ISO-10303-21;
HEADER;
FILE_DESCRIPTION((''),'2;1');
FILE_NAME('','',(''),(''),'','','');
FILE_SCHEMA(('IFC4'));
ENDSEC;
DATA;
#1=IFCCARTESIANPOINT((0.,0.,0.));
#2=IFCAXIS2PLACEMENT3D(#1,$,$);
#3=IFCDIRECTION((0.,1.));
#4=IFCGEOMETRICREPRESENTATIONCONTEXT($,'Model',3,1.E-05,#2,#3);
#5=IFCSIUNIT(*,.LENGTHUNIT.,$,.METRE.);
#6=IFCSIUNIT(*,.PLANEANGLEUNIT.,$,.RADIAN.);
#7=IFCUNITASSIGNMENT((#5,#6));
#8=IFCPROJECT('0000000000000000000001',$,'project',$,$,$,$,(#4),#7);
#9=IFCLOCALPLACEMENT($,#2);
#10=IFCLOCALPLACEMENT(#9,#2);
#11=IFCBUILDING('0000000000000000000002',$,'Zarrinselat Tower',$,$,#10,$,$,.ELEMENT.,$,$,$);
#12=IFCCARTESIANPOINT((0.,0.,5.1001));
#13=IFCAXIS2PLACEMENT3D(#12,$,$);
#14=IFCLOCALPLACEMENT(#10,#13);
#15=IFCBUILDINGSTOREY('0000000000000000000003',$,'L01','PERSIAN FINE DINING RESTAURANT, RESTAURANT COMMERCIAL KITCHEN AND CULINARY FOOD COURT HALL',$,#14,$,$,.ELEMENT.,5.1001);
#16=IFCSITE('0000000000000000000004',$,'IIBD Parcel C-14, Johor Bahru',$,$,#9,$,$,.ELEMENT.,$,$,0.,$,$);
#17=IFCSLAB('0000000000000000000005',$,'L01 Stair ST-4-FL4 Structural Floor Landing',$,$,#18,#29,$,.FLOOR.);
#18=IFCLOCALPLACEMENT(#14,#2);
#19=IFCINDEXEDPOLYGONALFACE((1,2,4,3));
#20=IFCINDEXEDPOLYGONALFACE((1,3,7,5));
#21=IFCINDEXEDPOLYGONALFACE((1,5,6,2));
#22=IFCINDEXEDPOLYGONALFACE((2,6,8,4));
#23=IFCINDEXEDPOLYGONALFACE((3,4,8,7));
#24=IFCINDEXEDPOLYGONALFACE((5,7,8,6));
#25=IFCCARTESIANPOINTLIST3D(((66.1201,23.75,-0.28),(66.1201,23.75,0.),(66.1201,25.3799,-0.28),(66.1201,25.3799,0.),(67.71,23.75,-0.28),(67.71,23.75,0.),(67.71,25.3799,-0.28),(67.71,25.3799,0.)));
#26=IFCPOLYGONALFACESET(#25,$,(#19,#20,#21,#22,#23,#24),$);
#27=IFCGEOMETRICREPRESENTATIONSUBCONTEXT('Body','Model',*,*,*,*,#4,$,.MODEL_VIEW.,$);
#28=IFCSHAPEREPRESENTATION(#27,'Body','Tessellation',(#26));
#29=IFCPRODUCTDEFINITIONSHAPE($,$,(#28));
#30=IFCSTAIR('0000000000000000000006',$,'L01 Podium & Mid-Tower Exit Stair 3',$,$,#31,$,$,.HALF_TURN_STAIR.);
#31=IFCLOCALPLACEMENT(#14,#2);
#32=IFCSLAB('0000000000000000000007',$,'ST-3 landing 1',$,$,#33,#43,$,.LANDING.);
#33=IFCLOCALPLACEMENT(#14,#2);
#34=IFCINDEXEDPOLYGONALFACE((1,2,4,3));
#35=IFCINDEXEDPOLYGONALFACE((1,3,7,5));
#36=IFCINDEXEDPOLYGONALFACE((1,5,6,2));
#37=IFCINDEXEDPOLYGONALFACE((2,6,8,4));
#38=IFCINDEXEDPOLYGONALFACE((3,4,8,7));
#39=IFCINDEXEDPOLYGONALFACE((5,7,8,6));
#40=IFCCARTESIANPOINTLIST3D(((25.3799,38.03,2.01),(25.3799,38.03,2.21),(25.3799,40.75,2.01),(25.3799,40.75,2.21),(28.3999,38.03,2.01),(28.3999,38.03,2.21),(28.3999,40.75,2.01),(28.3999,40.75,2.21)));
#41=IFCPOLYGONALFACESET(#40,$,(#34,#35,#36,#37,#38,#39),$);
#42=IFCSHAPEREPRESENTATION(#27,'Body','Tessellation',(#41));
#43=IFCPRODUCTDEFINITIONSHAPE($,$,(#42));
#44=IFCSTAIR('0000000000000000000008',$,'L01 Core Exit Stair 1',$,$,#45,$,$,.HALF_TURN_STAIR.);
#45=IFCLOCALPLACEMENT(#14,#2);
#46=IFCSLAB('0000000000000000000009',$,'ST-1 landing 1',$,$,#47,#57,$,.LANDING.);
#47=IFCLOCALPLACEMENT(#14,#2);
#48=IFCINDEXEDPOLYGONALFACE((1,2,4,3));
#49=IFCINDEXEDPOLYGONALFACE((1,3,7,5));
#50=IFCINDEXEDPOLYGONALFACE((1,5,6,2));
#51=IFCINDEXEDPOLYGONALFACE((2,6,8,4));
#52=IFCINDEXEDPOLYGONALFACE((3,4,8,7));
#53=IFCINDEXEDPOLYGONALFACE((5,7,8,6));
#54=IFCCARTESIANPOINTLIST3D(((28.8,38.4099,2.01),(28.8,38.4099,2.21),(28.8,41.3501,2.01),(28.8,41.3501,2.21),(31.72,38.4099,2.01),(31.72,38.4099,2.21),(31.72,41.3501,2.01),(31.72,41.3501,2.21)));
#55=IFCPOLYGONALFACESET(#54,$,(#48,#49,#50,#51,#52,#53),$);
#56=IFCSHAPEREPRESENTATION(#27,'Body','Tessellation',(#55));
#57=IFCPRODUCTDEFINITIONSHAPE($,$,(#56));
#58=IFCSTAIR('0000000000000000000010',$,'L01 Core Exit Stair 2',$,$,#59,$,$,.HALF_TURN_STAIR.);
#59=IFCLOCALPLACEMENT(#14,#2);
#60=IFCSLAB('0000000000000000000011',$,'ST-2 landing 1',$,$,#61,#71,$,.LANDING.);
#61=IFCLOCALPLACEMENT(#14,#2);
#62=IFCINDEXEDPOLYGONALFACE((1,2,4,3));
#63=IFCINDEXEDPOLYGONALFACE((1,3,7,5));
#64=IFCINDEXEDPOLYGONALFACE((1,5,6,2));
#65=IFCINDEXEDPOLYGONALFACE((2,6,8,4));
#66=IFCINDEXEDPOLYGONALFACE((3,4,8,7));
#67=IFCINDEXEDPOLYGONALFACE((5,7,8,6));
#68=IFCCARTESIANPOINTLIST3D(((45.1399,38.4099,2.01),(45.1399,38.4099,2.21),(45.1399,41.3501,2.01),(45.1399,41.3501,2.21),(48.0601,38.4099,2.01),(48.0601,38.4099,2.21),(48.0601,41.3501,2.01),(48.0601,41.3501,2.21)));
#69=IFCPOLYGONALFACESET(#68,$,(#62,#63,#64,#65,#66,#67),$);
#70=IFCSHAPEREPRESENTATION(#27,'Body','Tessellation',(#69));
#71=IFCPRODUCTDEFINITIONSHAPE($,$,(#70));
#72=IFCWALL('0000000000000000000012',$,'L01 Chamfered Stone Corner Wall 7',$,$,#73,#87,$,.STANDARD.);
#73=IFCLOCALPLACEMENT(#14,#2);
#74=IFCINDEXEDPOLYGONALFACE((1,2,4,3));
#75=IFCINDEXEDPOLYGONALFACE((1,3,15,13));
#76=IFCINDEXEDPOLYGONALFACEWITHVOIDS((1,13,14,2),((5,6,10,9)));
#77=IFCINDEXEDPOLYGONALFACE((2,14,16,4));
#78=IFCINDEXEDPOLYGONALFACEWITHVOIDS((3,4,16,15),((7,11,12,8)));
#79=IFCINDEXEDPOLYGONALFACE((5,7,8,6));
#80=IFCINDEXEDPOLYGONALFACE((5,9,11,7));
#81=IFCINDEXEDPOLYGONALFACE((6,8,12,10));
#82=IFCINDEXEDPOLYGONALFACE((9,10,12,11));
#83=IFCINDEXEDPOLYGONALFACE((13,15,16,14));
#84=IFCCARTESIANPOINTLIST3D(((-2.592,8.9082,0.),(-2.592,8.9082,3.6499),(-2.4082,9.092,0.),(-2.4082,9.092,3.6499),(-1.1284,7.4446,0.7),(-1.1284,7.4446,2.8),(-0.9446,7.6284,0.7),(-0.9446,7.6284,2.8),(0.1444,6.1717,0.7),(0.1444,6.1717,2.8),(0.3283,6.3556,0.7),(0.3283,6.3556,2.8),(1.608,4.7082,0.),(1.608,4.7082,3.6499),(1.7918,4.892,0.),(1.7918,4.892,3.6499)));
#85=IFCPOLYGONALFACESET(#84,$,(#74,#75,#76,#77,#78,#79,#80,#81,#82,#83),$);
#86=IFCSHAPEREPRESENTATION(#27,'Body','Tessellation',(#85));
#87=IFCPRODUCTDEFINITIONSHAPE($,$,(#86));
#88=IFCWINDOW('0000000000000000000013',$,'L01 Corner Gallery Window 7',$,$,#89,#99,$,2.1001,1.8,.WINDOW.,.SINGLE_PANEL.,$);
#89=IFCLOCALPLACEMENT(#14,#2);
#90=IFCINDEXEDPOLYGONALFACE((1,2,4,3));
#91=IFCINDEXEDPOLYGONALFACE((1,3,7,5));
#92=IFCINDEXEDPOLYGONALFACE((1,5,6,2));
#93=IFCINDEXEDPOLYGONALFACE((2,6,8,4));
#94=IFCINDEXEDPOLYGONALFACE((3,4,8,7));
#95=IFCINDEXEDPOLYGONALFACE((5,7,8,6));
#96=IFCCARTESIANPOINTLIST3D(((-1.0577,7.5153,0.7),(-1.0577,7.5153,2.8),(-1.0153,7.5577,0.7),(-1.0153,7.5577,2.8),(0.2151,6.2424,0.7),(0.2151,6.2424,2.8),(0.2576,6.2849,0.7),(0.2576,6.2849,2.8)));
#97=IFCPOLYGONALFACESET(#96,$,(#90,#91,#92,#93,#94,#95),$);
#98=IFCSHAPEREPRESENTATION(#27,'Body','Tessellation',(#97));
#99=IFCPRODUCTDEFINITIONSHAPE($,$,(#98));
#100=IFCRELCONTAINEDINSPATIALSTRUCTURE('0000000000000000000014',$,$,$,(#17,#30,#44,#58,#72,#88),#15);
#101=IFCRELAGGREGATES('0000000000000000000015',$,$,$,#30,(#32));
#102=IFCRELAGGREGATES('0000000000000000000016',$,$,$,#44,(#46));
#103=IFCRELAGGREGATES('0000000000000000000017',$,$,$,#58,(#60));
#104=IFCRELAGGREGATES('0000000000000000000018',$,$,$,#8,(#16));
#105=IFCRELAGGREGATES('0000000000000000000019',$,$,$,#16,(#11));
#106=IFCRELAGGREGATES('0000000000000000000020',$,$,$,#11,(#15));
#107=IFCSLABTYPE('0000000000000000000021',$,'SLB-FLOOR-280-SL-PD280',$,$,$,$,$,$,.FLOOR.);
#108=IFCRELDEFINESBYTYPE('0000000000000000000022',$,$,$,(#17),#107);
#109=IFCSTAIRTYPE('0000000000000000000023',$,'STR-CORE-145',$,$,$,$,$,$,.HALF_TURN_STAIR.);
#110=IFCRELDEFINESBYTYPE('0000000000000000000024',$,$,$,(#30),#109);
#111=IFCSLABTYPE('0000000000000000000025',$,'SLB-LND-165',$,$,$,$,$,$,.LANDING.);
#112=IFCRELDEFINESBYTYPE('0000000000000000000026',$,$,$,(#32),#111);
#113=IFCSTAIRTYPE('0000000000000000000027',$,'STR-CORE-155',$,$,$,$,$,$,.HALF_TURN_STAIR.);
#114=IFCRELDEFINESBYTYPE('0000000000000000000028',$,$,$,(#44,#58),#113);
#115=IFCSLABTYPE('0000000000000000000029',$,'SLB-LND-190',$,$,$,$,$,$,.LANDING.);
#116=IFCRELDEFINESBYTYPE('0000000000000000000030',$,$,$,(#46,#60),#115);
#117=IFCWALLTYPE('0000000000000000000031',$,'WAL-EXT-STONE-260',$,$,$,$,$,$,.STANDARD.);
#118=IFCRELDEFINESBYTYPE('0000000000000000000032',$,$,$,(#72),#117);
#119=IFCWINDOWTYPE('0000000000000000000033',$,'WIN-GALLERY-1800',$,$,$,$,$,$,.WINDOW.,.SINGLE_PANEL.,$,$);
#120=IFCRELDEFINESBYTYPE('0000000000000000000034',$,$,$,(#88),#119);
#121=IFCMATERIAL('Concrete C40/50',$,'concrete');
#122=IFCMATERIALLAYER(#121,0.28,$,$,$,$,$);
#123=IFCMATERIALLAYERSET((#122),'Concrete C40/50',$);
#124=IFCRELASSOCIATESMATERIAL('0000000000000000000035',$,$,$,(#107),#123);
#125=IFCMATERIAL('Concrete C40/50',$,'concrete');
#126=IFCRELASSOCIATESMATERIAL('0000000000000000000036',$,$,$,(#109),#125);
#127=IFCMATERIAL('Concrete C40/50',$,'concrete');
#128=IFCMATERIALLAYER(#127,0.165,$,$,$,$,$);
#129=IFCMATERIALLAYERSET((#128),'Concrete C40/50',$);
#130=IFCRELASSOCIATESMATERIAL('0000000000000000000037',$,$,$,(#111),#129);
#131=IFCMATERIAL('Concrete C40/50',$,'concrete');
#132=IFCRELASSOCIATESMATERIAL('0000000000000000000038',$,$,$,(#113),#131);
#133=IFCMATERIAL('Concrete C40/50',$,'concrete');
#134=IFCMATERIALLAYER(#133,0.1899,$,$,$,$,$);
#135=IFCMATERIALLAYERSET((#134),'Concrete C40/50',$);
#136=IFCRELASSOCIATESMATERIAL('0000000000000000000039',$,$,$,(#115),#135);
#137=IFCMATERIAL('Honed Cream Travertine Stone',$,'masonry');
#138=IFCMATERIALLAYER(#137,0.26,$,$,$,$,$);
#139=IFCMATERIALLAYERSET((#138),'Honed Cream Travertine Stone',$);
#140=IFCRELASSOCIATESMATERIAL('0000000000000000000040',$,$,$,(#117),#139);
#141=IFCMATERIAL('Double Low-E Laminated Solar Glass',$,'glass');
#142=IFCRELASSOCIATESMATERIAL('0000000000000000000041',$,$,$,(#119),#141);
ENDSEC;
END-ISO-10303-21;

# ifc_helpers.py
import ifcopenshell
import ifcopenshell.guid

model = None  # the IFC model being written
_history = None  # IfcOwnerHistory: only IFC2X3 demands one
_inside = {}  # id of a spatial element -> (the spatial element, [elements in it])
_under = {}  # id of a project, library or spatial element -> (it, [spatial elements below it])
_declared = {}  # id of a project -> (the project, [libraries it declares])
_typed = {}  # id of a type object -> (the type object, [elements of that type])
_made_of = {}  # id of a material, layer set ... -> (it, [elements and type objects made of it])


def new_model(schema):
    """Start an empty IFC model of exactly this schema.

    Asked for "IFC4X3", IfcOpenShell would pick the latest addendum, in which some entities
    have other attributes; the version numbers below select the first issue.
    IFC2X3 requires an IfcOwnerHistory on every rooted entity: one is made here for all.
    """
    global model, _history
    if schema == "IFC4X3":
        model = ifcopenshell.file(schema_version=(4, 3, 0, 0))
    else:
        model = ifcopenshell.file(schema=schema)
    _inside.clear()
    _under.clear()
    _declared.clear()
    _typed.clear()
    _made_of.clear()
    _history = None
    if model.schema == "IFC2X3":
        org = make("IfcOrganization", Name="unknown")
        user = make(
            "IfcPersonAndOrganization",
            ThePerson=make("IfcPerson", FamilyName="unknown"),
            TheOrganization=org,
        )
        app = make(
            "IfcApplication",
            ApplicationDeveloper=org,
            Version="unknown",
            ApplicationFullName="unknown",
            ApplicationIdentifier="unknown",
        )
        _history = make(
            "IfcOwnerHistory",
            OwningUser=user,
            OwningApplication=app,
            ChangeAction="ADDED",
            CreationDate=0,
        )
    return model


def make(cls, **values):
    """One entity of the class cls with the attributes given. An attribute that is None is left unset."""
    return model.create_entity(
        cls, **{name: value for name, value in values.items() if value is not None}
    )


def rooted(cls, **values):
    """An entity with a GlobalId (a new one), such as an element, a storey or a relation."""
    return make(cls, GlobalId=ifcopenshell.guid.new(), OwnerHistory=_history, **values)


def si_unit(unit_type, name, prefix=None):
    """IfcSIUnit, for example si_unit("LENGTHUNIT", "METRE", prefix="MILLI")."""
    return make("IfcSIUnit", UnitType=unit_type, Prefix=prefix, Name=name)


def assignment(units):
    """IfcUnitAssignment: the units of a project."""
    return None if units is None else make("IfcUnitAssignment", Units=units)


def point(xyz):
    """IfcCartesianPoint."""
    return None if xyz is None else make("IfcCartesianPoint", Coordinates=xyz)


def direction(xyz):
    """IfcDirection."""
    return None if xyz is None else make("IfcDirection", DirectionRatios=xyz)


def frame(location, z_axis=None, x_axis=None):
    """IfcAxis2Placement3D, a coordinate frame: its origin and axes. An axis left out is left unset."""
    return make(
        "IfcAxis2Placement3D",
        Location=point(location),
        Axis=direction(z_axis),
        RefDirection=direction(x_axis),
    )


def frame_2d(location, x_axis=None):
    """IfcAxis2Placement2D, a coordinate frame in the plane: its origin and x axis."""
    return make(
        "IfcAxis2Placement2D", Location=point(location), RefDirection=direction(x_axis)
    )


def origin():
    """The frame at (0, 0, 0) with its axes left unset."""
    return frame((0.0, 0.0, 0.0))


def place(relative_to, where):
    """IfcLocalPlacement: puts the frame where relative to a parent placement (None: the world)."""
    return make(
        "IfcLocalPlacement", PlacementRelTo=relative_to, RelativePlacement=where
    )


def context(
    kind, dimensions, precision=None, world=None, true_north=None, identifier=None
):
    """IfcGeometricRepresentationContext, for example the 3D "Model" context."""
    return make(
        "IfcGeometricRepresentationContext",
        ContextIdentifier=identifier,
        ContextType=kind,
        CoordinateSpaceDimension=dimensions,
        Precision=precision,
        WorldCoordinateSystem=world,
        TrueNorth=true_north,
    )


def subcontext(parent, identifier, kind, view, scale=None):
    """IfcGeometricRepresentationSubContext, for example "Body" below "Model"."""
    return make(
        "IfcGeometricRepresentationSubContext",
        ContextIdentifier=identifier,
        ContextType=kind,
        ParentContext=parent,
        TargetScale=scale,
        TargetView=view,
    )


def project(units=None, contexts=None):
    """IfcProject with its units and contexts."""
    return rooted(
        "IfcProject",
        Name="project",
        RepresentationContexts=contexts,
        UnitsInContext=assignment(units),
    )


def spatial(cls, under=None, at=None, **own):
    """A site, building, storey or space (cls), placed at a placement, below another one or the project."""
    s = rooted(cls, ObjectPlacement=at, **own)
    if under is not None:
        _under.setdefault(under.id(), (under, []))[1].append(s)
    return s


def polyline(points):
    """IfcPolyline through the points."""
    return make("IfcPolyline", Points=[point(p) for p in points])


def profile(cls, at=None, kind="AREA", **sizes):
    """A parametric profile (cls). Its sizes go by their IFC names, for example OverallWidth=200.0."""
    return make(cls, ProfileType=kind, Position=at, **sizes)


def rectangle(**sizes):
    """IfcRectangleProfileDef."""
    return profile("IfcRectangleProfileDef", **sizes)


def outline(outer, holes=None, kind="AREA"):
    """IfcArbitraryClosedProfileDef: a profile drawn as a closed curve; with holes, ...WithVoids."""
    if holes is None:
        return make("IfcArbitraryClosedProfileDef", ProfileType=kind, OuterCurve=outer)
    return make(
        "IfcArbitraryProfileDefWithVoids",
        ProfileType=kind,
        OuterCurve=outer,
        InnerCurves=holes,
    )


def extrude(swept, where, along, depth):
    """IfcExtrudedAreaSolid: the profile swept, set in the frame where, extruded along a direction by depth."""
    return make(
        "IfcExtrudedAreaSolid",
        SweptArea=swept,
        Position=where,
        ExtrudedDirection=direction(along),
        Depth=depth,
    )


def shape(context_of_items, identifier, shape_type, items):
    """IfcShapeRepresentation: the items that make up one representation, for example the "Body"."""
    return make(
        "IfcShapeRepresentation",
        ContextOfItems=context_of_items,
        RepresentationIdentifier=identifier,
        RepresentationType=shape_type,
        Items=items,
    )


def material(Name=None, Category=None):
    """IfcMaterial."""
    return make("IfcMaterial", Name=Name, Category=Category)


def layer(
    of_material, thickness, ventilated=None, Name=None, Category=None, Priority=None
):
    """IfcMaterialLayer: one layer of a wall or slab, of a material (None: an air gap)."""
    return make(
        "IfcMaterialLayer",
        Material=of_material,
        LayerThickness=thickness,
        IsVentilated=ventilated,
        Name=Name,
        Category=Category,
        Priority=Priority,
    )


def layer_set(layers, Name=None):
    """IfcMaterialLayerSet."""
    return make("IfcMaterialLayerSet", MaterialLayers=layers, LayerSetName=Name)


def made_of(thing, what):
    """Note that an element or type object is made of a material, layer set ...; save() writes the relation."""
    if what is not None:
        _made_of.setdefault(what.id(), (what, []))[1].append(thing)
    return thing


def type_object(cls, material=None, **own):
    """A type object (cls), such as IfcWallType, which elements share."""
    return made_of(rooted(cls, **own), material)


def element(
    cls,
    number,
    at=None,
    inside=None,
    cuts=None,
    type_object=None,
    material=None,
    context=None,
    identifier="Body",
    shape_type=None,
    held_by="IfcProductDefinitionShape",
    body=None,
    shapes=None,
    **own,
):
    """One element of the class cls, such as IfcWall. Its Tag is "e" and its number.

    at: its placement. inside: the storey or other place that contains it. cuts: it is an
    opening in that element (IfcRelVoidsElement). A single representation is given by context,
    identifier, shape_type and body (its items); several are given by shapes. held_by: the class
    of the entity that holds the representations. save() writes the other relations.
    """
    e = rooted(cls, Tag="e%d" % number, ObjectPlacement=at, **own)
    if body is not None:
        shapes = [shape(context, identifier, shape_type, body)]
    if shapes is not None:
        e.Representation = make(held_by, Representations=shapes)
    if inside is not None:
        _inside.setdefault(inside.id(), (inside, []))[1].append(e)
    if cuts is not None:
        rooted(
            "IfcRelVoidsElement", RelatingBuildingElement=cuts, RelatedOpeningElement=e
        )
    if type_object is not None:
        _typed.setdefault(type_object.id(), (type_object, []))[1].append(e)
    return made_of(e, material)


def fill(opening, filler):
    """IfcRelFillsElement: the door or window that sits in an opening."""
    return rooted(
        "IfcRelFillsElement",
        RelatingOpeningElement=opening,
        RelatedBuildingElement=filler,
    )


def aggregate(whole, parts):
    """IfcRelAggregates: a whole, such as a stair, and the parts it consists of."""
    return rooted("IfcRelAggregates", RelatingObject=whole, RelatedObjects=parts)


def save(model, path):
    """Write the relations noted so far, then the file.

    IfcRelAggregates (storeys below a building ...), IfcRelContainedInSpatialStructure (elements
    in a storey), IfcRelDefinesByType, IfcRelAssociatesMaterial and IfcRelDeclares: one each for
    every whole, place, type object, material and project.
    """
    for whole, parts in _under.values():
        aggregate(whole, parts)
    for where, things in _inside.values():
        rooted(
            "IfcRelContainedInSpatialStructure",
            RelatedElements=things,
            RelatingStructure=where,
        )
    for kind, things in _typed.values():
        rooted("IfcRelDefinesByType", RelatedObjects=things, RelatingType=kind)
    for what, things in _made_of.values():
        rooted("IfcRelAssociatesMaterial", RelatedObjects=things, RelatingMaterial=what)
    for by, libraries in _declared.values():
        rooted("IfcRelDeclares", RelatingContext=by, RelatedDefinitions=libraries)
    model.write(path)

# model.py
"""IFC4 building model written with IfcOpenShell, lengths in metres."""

from ifc_helpers import new_model, si_unit, direction, frame, frame_2d, origin, place, context, subcontext, project, spatial, polyline, rectangle, outline, extrude, material, layer, layer_set, type_object, element, fill, aggregate, save


model = new_model("IFC4")

# Units and contexts
model_context = context("Model", 3, precision=1e-05, world=origin(), true_north=direction((0.0, 1.0)))
body_context = subcontext(model_context, "Body", "Model", "MODEL_VIEW")
ifc_project = project(units=[si_unit("LENGTHUNIT", "METRE"), si_unit("PLANEANGLEUNIT", "RADIAN")], contexts=[model_context])

# Site, building, storey
site_placement = place(None, origin())
site = spatial("IfcSite", under=ifc_project, at=site_placement, Name="IIBD Parcel C-14, Johor Bahru", CompositionType="ELEMENT", RefElevation=0.0)
building_placement = place(site_placement, origin())
building = spatial("IfcBuilding", under=site, at=building_placement, Name="Zarrinselat Tower", CompositionType="ELEMENT")
storey_placement = place(building_placement, frame((0.0, 0.0, 5.1001)))
storey = spatial("IfcBuildingStorey", under=building, at=storey_placement, Name="L01", Description="PERSIAN FINE DINING RESTAURANT, RESTAURANT COMMERCIAL KITCHEN AND CULINARY FOOD COURT HALL", CompositionType="ELEMENT", Elevation=5.1001)

# Slab
ifc_material_1 = material(Name="Concrete C40/50", Category="concrete")
ifc_layer_1 = layer(ifc_material_1, 0.28)
ifc_layer_set_1 = layer_set([ifc_layer_1], Name="Concrete C40/50")
slab_type_1 = type_object("IfcSlabType", Name="SLB-FLOOR-280-SL-PD280", PredefinedType="FLOOR", material=ifc_layer_set_1)
slab_1_placement = place(storey_placement, frame((0.0, 0.0, -0.28)))
element("IfcSlab", 1, at=slab_1_placement, inside=storey, type_object=slab_type_1, Name="L01 Stair ST-4-FL4 Structural Floor Landing", PredefinedType="FLOOR", context=body_context, shape_type="SweptSolid", body=[
    extrude(outline(polyline([(67.71, 23.75), (67.71, 25.3799), (66.1201, 25.3799), (66.1201, 23.75), (67.71, 23.75)])), origin(), (0.0, 0.0, 1.0), 0.28),
])

# Stairs, slabs
ifc_material_2 = material(Name="Concrete C40/50", Category="concrete")
stair_type_1 = type_object("IfcStairType", Name="STR-CORE-145", PredefinedType="HALF_TURN_STAIR", material=ifc_material_2)
stair_1_placement = place(storey_placement, origin())
stair_1 = element("IfcStair", 2, at=stair_1_placement, inside=storey, type_object=stair_type_1, Name="L01 Podium & Mid-Tower Exit Stair 3", PredefinedType="HALF_TURN_STAIR")
ifc_material_3 = material(Name="Concrete C40/50", Category="concrete")
ifc_layer_2 = layer(ifc_material_3, 0.165)
ifc_layer_set_2 = layer_set([ifc_layer_2], Name="Concrete C40/50")
slab_type_2 = type_object("IfcSlabType", Name="SLB-LND-165", PredefinedType="LANDING", material=ifc_layer_set_2)
slab_2_placement = place(storey_placement, frame((0.0, 0.0, 2.01)))
slab_2 = element("IfcSlab", 3, at=slab_2_placement, type_object=slab_type_2, Name="ST-3 landing 1", PredefinedType="LANDING", context=body_context, shape_type="SweptSolid", body=[
    extrude(outline(polyline([(28.3999, 38.03), (28.3999, 40.75), (25.3799, 40.75), (25.3799, 38.03), (28.3999, 38.03)])), origin(), (0.0, 0.0, 1.0), 0.2),
])
aggregate(stair_1, [slab_2])
ifc_material_4 = material(Name="Concrete C40/50", Category="concrete")
stair_type_2 = type_object("IfcStairType", Name="STR-CORE-155", PredefinedType="HALF_TURN_STAIR", material=ifc_material_4)
stair_2_placement = place(storey_placement, origin())
stair_2 = element("IfcStair", 4, at=stair_2_placement, inside=storey, type_object=stair_type_2, Name="L01 Core Exit Stair 1", PredefinedType="HALF_TURN_STAIR")
ifc_material_5 = material(Name="Concrete C40/50", Category="concrete")
ifc_layer_3 = layer(ifc_material_5, 0.1899)
ifc_layer_set_3 = layer_set([ifc_layer_3], Name="Concrete C40/50")
slab_type_3 = type_object("IfcSlabType", Name="SLB-LND-190", PredefinedType="LANDING", material=ifc_layer_set_3)
slab_3_placement = place(storey_placement, frame((0.0, 0.0, 2.01)))
slab_3 = element("IfcSlab", 5, at=slab_3_placement, type_object=slab_type_3, Name="ST-1 landing 1", PredefinedType="LANDING", context=body_context, shape_type="SweptSolid", body=[
    extrude(outline(polyline([(31.72, 38.4099), (31.72, 41.3501), (28.8, 41.3501), (28.8, 38.4099), (31.72, 38.4099)])), origin(), (0.0, 0.0, 1.0), 0.2),
])
aggregate(stair_2, [slab_3])
stair_3_placement = place(storey_placement, origin())
stair_3 = element("IfcStair", 6, at=stair_3_placement, inside=storey, type_object=stair_type_2, Name="L01 Core Exit Stair 2", PredefinedType="HALF_TURN_STAIR")
slab_4_placement = place(storey_placement, frame((0.0, 0.0, 2.01)))
slab_4 = element("IfcSlab", 7, at=slab_4_placement, type_object=slab_type_3, Name="ST-2 landing 1", PredefinedType="LANDING", context=body_context, shape_type="SweptSolid", body=[
    extrude(outline(polyline([(48.0601, 38.4099), (48.0601, 41.3501), (45.1399, 41.3501), (45.1399, 38.4099), (48.0601, 38.4099)])), origin(), (0.0, 0.0, 1.0), 0.2),
])
aggregate(stair_3, [slab_4])

# Wall, opening, window
ifc_material_6 = material(Name="Honed Cream Travertine Stone", Category="masonry")
ifc_layer_4 = layer(ifc_material_6, 0.26)
ifc_layer_set_4 = layer_set([ifc_layer_4], Name="Honed Cream Travertine Stone")
wall_type = type_object("IfcWallType", Name="WAL-EXT-STONE-260", PredefinedType="STANDARD", material=ifc_layer_set_4)
wall_placement = place(storey_placement, frame((-2.5, 9.0, 0.0), z_axis=(0.0, 0.0, 1.0), x_axis=(0.707107, -0.707107, 0.0)))
wall = element("IfcWall", 8, at=wall_placement, inside=storey, type_object=wall_type, Name="L01 Chamfered Stone Corner Wall 7", PredefinedType="STANDARD", context=body_context, shape_type="SweptSolid", body=[
    extrude(rectangle(XDim=5.9397, YDim=0.26, at=frame_2d((2.9697, 0.0))), origin(), (0.0, 0.0, 1.0), 3.6499),
])
opening_placement = place(wall_placement, frame((2.0698, 0.0, 0.7)))
opening = element("IfcOpeningElement", 9, at=opening_placement, cuts=wall, PredefinedType="OPENING", context=body_context, shape_type="SweptSolid", body=[
    extrude(rectangle(XDim=1.8, YDim=2.1001, at=frame_2d((0.8999, 1.05))), frame((0.0, 0.1399, 0.0), z_axis=(0.0, -1.0, 0.0), x_axis=(1.0, 0.0, 0.0)), (0.0, 0.0, 1.0), 0.28),
])
ifc_material_7 = material(Name="Double Low-E Laminated Solar Glass", Category="glass")
window_type = type_object("IfcWindowType", Name="WIN-GALLERY-1800", PartitioningType="SINGLE_PANEL", PredefinedType="WINDOW", material=ifc_material_7)
window_placement = place(opening_placement, origin())
window = element("IfcWindow", 10, at=window_placement, inside=storey, type_object=window_type, Name="L01 Corner Gallery Window 7", OverallHeight=2.1001, OverallWidth=1.8, PartitioningType="SINGLE_PANEL", PredefinedType="WINDOW", context=body_context, shape_type="SweptSolid", body=[
    extrude(rectangle(XDim=1.8, YDim=2.1001, at=frame_2d((0.8999, 1.05))), frame((0.0, 0.03, 0.0), z_axis=(0.0, -1.0, 0.0), x_axis=(1.0, 0.0, 0.0)), (0.0, 0.0, 1.0), 0.0601),
])
fill(opening, window)

save(model, "model.ifc")
